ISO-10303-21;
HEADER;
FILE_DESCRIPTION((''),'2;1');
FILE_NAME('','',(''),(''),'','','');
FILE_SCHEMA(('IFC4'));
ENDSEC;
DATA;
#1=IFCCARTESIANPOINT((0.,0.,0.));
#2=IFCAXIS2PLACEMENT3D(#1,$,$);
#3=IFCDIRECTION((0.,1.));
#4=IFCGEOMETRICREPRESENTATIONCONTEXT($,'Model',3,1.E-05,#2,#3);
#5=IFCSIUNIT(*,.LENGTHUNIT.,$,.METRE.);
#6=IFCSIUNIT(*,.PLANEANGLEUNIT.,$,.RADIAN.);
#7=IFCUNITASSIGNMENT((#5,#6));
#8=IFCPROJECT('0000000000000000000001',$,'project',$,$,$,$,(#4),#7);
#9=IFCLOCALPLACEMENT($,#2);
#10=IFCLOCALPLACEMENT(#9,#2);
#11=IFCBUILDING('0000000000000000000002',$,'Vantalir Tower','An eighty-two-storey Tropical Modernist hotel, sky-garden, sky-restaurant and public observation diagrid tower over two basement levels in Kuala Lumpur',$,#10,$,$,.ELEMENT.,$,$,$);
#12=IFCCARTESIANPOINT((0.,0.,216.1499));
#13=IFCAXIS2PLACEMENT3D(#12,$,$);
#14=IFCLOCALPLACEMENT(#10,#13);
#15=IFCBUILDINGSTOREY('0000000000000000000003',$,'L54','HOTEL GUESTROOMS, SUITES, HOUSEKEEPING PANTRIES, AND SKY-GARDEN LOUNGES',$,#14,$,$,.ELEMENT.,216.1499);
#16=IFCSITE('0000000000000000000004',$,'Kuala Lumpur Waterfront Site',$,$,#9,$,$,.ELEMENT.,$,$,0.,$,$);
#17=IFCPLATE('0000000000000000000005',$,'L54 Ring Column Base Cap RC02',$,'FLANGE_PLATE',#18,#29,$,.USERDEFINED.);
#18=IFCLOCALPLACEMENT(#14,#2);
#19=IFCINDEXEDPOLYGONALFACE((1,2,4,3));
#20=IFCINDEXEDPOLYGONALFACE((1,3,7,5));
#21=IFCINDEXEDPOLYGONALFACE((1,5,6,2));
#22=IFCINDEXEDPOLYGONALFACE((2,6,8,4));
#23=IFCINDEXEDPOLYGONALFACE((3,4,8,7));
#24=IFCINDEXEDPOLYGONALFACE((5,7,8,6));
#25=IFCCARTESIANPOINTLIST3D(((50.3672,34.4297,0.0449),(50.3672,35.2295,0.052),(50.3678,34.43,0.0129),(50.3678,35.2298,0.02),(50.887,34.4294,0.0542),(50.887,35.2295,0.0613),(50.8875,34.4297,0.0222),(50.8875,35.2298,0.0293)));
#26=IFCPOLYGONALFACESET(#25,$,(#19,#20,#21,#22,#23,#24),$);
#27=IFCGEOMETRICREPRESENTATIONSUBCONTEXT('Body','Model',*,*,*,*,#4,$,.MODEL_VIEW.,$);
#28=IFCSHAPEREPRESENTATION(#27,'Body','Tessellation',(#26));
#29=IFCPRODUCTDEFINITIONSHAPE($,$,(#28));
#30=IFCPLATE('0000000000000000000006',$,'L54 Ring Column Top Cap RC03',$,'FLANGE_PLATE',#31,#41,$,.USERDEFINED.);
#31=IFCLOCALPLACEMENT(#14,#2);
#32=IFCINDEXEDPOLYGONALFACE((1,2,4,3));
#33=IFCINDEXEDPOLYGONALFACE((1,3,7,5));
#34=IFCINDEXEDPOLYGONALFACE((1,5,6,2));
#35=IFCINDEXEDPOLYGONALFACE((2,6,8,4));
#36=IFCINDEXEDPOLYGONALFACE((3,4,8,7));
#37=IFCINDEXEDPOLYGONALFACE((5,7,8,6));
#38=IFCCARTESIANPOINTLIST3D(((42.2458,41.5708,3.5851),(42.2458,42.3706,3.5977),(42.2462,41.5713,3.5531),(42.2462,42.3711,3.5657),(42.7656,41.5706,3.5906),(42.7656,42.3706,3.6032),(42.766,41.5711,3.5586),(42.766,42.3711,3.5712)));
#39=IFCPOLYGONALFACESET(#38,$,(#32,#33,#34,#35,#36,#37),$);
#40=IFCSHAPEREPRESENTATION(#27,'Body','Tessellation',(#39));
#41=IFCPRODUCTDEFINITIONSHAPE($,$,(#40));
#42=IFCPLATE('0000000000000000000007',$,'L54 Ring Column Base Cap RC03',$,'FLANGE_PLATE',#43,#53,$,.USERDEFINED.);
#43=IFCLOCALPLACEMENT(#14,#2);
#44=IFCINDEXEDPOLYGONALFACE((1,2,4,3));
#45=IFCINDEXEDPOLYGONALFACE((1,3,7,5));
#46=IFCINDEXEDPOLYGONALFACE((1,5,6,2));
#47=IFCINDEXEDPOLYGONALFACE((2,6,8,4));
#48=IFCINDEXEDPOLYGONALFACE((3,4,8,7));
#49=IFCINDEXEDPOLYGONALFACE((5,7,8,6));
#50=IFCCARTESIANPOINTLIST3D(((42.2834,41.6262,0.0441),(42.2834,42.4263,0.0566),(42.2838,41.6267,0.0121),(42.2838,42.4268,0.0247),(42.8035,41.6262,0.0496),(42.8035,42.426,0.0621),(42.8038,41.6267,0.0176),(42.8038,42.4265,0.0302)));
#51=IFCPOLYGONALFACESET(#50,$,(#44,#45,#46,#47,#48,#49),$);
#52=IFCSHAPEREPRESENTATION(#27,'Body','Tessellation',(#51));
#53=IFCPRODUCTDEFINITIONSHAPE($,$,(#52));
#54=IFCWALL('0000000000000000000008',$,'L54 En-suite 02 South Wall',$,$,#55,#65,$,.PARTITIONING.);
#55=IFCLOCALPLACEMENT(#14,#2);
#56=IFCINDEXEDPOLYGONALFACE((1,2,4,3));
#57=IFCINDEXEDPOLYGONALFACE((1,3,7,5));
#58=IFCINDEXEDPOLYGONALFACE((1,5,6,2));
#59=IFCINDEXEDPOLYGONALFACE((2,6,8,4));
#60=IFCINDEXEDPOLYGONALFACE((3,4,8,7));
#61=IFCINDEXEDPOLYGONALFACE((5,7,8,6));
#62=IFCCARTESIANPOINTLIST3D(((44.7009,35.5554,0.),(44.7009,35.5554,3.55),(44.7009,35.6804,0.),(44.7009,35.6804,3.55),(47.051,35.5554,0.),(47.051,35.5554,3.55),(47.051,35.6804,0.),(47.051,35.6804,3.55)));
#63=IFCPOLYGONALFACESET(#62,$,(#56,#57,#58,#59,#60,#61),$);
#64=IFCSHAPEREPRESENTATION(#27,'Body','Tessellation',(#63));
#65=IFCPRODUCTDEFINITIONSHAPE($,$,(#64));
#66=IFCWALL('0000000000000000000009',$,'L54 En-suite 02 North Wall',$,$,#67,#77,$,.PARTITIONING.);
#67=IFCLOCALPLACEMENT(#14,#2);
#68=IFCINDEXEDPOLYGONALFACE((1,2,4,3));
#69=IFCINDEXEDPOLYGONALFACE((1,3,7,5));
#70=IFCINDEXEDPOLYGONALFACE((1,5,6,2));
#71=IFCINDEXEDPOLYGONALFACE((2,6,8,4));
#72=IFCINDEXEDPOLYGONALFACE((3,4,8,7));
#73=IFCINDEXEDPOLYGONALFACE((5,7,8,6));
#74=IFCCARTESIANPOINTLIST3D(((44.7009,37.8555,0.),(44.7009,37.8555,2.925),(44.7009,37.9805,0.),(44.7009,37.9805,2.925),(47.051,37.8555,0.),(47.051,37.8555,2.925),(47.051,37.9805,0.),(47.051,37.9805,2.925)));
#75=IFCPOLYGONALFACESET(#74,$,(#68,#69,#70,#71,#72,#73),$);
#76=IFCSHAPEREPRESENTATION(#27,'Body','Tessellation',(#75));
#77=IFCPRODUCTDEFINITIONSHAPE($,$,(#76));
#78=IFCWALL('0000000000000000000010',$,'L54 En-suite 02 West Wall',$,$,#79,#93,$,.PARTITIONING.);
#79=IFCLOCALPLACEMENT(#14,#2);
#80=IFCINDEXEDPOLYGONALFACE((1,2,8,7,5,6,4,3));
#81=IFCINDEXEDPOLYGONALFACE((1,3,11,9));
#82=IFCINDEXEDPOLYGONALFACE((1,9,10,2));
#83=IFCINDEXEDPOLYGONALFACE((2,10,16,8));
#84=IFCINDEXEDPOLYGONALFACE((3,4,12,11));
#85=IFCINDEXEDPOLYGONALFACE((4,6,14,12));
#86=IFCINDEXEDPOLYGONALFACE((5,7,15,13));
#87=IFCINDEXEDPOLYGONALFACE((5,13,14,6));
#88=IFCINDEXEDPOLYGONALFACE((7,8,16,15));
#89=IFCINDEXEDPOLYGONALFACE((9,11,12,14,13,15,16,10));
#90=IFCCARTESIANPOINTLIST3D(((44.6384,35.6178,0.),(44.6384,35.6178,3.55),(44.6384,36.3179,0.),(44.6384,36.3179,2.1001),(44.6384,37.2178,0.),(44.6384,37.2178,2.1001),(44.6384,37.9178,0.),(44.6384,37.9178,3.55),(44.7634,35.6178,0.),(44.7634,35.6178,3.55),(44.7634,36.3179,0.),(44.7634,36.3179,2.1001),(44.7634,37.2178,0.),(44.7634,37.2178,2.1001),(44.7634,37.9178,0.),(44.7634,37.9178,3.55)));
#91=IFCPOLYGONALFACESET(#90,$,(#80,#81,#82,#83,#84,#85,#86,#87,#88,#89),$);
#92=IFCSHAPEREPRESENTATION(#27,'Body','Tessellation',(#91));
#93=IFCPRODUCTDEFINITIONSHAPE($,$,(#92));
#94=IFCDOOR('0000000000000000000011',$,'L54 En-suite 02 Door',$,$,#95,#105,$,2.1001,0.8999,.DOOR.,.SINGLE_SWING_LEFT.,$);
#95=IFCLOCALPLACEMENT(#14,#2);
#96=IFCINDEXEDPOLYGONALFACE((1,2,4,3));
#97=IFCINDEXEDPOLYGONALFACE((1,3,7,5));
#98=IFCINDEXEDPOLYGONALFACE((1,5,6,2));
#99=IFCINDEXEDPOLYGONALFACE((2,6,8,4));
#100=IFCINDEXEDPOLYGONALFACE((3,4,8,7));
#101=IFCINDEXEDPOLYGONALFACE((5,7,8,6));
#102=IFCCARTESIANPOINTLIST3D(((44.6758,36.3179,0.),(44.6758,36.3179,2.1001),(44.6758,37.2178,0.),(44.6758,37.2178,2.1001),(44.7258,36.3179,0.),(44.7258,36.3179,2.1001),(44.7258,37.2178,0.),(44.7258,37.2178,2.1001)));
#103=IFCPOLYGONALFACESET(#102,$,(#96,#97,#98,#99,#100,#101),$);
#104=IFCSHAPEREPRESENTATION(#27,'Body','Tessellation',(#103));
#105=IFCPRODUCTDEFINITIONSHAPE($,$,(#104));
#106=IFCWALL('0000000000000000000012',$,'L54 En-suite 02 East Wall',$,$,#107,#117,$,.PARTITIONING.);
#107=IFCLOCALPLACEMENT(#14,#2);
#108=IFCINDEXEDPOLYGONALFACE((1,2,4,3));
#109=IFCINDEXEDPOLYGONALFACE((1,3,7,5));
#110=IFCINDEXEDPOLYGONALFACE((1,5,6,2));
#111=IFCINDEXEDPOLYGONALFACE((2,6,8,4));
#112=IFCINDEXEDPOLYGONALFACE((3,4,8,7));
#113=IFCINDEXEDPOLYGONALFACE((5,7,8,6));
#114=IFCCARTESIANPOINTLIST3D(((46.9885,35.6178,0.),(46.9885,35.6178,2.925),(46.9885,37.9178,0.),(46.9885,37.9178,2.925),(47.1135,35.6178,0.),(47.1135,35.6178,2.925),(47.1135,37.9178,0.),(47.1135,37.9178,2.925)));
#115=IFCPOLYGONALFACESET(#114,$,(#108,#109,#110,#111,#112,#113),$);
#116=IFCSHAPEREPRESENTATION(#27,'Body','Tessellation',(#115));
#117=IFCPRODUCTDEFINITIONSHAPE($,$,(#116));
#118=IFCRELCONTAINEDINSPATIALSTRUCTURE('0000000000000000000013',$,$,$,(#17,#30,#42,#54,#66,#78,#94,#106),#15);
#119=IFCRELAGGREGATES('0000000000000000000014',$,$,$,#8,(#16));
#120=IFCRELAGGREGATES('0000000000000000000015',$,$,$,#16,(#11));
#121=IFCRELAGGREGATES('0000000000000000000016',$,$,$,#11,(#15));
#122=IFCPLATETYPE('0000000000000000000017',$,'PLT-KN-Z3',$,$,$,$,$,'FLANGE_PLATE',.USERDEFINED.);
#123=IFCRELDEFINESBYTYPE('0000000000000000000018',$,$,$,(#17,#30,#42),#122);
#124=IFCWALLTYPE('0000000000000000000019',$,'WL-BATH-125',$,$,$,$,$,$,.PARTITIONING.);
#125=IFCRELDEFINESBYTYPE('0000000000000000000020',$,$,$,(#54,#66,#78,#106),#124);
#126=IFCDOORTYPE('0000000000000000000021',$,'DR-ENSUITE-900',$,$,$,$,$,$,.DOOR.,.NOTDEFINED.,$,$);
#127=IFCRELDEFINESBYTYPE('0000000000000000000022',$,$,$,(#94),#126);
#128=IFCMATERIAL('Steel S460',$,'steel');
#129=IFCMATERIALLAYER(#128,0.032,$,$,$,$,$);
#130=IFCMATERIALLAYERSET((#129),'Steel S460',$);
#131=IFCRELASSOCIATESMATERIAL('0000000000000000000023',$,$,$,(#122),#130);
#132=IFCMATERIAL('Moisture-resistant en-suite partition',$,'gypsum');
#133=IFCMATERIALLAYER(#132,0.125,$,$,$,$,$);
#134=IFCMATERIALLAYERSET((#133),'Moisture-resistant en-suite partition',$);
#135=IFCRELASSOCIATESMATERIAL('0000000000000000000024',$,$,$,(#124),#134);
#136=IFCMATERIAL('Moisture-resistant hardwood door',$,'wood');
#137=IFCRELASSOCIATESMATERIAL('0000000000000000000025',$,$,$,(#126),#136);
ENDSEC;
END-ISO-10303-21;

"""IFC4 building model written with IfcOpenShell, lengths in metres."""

from ifc_helpers import new_model, si_unit, direction, frame, frame_2d, origin, place, context, subcontext, project, spatial, polyline, rectangle, outline, extrude, material, layer, layer_set, type_object, element, fill, save


model = new_model("IFC4")

# Units and contexts
model_context = context("Model", 3, precision=1e-05, world=origin(), true_north=direction((0.0, 1.0)))
body_context = subcontext(model_context, "Body", "Model", "MODEL_VIEW")
ifc_project = project(units=[si_unit("LENGTHUNIT", "METRE"), si_unit("PLANEANGLEUNIT", "RADIAN")], contexts=[model_context])

# Site, building, storey
site_placement = place(None, origin())
site = spatial("IfcSite", under=ifc_project, at=site_placement, Name="Kuala Lumpur Waterfront Site", CompositionType="ELEMENT", RefElevation=0.0)
building_placement = place(site_placement, origin())
building = spatial("IfcBuilding", under=site, at=building_placement, Name="Vantalir Tower", Description="An eighty-two-storey Tropical Modernist hotel, sky-garden, sky-restaurant and public observation diagrid tower over two basement levels in Kuala Lumpur", CompositionType="ELEMENT")
storey_placement = place(building_placement, frame((0.0, 0.0, 216.1499)))
storey = spatial("IfcBuildingStorey", under=building, at=storey_placement, Name="L54", Description="HOTEL GUESTROOMS, SUITES, HOUSEKEEPING PANTRIES, AND SKY-GARDEN LOUNGES", CompositionType="ELEMENT", Elevation=216.1499)

# Shared definitions
ifc_material_1 = material(Name="Steel S460", Category="steel")

# Plates
ifc_layer_1 = layer(ifc_material_1, 0.032)
ifc_layer_set_1 = layer_set([ifc_layer_1], Name="Steel S460")
plate_type_1 = type_object("IfcPlateType", Name="PLT-KN-Z3", ElementType="FLANGE_PLATE", PredefinedType="USERDEFINED", material=ifc_layer_set_1)
for number, where, z_axis, x_axis, name in (
    (1, (50.3672, 35.2295, 0.052), (-0.017847, -0.008849, 0.999802), (0.0, -0.999961, -0.008851), "L54 Ring Column Base Cap RC02"),
):
    element("IfcPlate", number, at=place(storey_placement, frame(where, z_axis=z_axis, x_axis=x_axis)), inside=storey, type_object=plate_type_1, Name=name, ObjectType="FLANGE_PLATE", PredefinedType="USERDEFINED", context=body_context, shape_type="SweptSolid", body=[
        extrude(outline(polyline([(0.0, 0.0), (0.7998, 0.0), (0.8, 0.5199), (-0.0001, 0.5199), (0.0, 0.0)])), origin(), (0.0, 0.0, -1.0), 0.032),
    ])
plate_1_placement = place(storey_placement, frame((42.2458, 42.3706, 3.5977), z_axis=(-0.01057, -0.015715, 0.999821), x_axis=(-0.000002, -0.999876, -0.015716)))
element("IfcPlate", 2, at=plate_1_placement, inside=storey, type_object=plate_type_1, Name="L54 Ring Column Top Cap RC03", ObjectType="FLANGE_PLATE", PredefinedType="USERDEFINED", context=body_context, shape_type="SweptSolid", body=[
    extrude(outline(polyline([(0.0, 0.0), (0.7999, 0.0), (0.8001, 0.5198), (-0.0001, 0.5198), (0.0, 0.0)])), origin(), (0.0, 0.0, -1.0), 0.032),
])
plate_2_placement = place(storey_placement, frame((42.2834, 42.4263, 0.0566), z_axis=(-0.010565, -0.015715, 0.999821), x_axis=(-0.000002, -0.999876, -0.015716)))
element("IfcPlate", 3, at=plate_2_placement, inside=storey, type_object=plate_type_1, Name="L54 Ring Column Base Cap RC03", ObjectType="FLANGE_PLATE", PredefinedType="USERDEFINED", context=body_context, shape_type="SweptSolid", body=[
    extrude(outline(polyline([(0.0, 0.0), (0.8001, 0.0), (0.8001, 0.52), (0.0002, 0.52), (0.0, 0.0)])), origin(), (0.0, 0.0, -1.0), 0.032),
])

# Walls
ifc_material_2 = material(Name="Moisture-resistant en-suite partition", Category="gypsum")
ifc_layer_2 = layer(ifc_material_2, 0.125)
ifc_layer_set_2 = layer_set([ifc_layer_2], Name="Moisture-resistant en-suite partition")
wall_type = type_object("IfcWallType", Name="WL-BATH-125", PredefinedType="PARTITIONING", material=ifc_layer_set_2)
wall_1_placement = place(storey_placement, frame((44.7009, 35.6179, 0.0), z_axis=(0.0, 0.0, 1.0), x_axis=(1.0, 0.0, 0.0)))
element("IfcWall", 4, at=wall_1_placement, inside=storey, type_object=wall_type, Name="L54 En-suite 02 South Wall", PredefinedType="PARTITIONING", context=body_context, shape_type="SweptSolid", body=[
    extrude(rectangle(XDim=2.3501, YDim=0.125, at=frame_2d((1.175, 0.0))), origin(), (0.0, 0.0, 1.0), 3.55),
])
wall_2_placement = place(storey_placement, frame((44.7009, 37.918, 0.0), z_axis=(0.0, 0.0, 1.0), x_axis=(1.0, 0.0, 0.0)))
element("IfcWall", 5, at=wall_2_placement, inside=storey, type_object=wall_type, Name="L54 En-suite 02 North Wall", PredefinedType="PARTITIONING", context=body_context, shape_type="SweptSolid", body=[
    extrude(rectangle(XDim=2.3501, YDim=0.125, at=frame_2d((1.175, 0.0))), origin(), (0.0, 0.0, 1.0), 2.925),
])

# Wall, opening, door
wall_3_placement = place(storey_placement, frame((44.7009, 35.6179, 0.0), z_axis=(0.0, 0.0, 1.0), x_axis=(0.0, 1.0, 0.0)))
wall_3 = element("IfcWall", 6, at=wall_3_placement, inside=storey, type_object=wall_type, Name="L54 En-suite 02 West Wall", PredefinedType="PARTITIONING", context=body_context, shape_type="SweptSolid", body=[
    extrude(rectangle(XDim=2.3, YDim=0.125, at=frame_2d((1.1499, 0.0))), origin(), (0.0, 0.0, 1.0), 3.55),
])
opening_placement = place(wall_3_placement, frame((0.7, 0.0, 0.0)))
opening = element("IfcOpeningElement", 7, at=opening_placement, cuts=wall_3, PredefinedType="OPENING", context=body_context, shape_type="SweptSolid", body=[
    extrude(rectangle(XDim=0.8999, YDim=2.1001, at=frame_2d((0.45, 1.05))), frame((0.0, 0.0725, 0.0), z_axis=(0.0, -1.0, 0.0), x_axis=(1.0, 0.0, 0.0)), (0.0, 0.0, 1.0), 0.145),
])
ifc_material_3 = material(Name="Moisture-resistant hardwood door", Category="wood")
door_type = type_object("IfcDoorType", Name="DR-ENSUITE-900", OperationType="NOTDEFINED", PredefinedType="DOOR", material=ifc_material_3)
door_placement = place(opening_placement, frame((0.8999, 0.0, 0.0), z_axis=(0.0, 0.0, 1.0), x_axis=(-1.0, 0.0, 0.0)))
door = element("IfcDoor", 8, at=door_placement, inside=storey, type_object=door_type, Name="L54 En-suite 02 Door", OperationType="SINGLE_SWING_LEFT", OverallHeight=2.1001, OverallWidth=0.8999, PredefinedType="DOOR", context=body_context, shape_type="SweptSolid", body=[
    extrude(rectangle(XDim=0.8999, YDim=2.1001, at=frame_2d((0.45, 1.05))), frame((0.0, 0.0249, 0.0), z_axis=(0.0, -1.0, 0.0), x_axis=(1.0, 0.0, 0.0)), (0.0, 0.0, 1.0), 0.05),
])
fill(opening, door)

# Wall
wall_4_placement = place(storey_placement, frame((47.051, 35.6179, 0.0), z_axis=(0.0, 0.0, 1.0), x_axis=(0.0, 1.0, 0.0)))
element("IfcWall", 9, at=wall_4_placement, inside=storey, type_object=wall_type, Name="L54 En-suite 02 East Wall", PredefinedType="PARTITIONING", context=body_context, shape_type="SweptSolid", body=[
    extrude(rectangle(XDim=2.3, YDim=0.125, at=frame_2d((1.1499, 0.0))), origin(), (0.0, 0.0, 1.0), 2.925),
])

save(model, "model.ifc")
